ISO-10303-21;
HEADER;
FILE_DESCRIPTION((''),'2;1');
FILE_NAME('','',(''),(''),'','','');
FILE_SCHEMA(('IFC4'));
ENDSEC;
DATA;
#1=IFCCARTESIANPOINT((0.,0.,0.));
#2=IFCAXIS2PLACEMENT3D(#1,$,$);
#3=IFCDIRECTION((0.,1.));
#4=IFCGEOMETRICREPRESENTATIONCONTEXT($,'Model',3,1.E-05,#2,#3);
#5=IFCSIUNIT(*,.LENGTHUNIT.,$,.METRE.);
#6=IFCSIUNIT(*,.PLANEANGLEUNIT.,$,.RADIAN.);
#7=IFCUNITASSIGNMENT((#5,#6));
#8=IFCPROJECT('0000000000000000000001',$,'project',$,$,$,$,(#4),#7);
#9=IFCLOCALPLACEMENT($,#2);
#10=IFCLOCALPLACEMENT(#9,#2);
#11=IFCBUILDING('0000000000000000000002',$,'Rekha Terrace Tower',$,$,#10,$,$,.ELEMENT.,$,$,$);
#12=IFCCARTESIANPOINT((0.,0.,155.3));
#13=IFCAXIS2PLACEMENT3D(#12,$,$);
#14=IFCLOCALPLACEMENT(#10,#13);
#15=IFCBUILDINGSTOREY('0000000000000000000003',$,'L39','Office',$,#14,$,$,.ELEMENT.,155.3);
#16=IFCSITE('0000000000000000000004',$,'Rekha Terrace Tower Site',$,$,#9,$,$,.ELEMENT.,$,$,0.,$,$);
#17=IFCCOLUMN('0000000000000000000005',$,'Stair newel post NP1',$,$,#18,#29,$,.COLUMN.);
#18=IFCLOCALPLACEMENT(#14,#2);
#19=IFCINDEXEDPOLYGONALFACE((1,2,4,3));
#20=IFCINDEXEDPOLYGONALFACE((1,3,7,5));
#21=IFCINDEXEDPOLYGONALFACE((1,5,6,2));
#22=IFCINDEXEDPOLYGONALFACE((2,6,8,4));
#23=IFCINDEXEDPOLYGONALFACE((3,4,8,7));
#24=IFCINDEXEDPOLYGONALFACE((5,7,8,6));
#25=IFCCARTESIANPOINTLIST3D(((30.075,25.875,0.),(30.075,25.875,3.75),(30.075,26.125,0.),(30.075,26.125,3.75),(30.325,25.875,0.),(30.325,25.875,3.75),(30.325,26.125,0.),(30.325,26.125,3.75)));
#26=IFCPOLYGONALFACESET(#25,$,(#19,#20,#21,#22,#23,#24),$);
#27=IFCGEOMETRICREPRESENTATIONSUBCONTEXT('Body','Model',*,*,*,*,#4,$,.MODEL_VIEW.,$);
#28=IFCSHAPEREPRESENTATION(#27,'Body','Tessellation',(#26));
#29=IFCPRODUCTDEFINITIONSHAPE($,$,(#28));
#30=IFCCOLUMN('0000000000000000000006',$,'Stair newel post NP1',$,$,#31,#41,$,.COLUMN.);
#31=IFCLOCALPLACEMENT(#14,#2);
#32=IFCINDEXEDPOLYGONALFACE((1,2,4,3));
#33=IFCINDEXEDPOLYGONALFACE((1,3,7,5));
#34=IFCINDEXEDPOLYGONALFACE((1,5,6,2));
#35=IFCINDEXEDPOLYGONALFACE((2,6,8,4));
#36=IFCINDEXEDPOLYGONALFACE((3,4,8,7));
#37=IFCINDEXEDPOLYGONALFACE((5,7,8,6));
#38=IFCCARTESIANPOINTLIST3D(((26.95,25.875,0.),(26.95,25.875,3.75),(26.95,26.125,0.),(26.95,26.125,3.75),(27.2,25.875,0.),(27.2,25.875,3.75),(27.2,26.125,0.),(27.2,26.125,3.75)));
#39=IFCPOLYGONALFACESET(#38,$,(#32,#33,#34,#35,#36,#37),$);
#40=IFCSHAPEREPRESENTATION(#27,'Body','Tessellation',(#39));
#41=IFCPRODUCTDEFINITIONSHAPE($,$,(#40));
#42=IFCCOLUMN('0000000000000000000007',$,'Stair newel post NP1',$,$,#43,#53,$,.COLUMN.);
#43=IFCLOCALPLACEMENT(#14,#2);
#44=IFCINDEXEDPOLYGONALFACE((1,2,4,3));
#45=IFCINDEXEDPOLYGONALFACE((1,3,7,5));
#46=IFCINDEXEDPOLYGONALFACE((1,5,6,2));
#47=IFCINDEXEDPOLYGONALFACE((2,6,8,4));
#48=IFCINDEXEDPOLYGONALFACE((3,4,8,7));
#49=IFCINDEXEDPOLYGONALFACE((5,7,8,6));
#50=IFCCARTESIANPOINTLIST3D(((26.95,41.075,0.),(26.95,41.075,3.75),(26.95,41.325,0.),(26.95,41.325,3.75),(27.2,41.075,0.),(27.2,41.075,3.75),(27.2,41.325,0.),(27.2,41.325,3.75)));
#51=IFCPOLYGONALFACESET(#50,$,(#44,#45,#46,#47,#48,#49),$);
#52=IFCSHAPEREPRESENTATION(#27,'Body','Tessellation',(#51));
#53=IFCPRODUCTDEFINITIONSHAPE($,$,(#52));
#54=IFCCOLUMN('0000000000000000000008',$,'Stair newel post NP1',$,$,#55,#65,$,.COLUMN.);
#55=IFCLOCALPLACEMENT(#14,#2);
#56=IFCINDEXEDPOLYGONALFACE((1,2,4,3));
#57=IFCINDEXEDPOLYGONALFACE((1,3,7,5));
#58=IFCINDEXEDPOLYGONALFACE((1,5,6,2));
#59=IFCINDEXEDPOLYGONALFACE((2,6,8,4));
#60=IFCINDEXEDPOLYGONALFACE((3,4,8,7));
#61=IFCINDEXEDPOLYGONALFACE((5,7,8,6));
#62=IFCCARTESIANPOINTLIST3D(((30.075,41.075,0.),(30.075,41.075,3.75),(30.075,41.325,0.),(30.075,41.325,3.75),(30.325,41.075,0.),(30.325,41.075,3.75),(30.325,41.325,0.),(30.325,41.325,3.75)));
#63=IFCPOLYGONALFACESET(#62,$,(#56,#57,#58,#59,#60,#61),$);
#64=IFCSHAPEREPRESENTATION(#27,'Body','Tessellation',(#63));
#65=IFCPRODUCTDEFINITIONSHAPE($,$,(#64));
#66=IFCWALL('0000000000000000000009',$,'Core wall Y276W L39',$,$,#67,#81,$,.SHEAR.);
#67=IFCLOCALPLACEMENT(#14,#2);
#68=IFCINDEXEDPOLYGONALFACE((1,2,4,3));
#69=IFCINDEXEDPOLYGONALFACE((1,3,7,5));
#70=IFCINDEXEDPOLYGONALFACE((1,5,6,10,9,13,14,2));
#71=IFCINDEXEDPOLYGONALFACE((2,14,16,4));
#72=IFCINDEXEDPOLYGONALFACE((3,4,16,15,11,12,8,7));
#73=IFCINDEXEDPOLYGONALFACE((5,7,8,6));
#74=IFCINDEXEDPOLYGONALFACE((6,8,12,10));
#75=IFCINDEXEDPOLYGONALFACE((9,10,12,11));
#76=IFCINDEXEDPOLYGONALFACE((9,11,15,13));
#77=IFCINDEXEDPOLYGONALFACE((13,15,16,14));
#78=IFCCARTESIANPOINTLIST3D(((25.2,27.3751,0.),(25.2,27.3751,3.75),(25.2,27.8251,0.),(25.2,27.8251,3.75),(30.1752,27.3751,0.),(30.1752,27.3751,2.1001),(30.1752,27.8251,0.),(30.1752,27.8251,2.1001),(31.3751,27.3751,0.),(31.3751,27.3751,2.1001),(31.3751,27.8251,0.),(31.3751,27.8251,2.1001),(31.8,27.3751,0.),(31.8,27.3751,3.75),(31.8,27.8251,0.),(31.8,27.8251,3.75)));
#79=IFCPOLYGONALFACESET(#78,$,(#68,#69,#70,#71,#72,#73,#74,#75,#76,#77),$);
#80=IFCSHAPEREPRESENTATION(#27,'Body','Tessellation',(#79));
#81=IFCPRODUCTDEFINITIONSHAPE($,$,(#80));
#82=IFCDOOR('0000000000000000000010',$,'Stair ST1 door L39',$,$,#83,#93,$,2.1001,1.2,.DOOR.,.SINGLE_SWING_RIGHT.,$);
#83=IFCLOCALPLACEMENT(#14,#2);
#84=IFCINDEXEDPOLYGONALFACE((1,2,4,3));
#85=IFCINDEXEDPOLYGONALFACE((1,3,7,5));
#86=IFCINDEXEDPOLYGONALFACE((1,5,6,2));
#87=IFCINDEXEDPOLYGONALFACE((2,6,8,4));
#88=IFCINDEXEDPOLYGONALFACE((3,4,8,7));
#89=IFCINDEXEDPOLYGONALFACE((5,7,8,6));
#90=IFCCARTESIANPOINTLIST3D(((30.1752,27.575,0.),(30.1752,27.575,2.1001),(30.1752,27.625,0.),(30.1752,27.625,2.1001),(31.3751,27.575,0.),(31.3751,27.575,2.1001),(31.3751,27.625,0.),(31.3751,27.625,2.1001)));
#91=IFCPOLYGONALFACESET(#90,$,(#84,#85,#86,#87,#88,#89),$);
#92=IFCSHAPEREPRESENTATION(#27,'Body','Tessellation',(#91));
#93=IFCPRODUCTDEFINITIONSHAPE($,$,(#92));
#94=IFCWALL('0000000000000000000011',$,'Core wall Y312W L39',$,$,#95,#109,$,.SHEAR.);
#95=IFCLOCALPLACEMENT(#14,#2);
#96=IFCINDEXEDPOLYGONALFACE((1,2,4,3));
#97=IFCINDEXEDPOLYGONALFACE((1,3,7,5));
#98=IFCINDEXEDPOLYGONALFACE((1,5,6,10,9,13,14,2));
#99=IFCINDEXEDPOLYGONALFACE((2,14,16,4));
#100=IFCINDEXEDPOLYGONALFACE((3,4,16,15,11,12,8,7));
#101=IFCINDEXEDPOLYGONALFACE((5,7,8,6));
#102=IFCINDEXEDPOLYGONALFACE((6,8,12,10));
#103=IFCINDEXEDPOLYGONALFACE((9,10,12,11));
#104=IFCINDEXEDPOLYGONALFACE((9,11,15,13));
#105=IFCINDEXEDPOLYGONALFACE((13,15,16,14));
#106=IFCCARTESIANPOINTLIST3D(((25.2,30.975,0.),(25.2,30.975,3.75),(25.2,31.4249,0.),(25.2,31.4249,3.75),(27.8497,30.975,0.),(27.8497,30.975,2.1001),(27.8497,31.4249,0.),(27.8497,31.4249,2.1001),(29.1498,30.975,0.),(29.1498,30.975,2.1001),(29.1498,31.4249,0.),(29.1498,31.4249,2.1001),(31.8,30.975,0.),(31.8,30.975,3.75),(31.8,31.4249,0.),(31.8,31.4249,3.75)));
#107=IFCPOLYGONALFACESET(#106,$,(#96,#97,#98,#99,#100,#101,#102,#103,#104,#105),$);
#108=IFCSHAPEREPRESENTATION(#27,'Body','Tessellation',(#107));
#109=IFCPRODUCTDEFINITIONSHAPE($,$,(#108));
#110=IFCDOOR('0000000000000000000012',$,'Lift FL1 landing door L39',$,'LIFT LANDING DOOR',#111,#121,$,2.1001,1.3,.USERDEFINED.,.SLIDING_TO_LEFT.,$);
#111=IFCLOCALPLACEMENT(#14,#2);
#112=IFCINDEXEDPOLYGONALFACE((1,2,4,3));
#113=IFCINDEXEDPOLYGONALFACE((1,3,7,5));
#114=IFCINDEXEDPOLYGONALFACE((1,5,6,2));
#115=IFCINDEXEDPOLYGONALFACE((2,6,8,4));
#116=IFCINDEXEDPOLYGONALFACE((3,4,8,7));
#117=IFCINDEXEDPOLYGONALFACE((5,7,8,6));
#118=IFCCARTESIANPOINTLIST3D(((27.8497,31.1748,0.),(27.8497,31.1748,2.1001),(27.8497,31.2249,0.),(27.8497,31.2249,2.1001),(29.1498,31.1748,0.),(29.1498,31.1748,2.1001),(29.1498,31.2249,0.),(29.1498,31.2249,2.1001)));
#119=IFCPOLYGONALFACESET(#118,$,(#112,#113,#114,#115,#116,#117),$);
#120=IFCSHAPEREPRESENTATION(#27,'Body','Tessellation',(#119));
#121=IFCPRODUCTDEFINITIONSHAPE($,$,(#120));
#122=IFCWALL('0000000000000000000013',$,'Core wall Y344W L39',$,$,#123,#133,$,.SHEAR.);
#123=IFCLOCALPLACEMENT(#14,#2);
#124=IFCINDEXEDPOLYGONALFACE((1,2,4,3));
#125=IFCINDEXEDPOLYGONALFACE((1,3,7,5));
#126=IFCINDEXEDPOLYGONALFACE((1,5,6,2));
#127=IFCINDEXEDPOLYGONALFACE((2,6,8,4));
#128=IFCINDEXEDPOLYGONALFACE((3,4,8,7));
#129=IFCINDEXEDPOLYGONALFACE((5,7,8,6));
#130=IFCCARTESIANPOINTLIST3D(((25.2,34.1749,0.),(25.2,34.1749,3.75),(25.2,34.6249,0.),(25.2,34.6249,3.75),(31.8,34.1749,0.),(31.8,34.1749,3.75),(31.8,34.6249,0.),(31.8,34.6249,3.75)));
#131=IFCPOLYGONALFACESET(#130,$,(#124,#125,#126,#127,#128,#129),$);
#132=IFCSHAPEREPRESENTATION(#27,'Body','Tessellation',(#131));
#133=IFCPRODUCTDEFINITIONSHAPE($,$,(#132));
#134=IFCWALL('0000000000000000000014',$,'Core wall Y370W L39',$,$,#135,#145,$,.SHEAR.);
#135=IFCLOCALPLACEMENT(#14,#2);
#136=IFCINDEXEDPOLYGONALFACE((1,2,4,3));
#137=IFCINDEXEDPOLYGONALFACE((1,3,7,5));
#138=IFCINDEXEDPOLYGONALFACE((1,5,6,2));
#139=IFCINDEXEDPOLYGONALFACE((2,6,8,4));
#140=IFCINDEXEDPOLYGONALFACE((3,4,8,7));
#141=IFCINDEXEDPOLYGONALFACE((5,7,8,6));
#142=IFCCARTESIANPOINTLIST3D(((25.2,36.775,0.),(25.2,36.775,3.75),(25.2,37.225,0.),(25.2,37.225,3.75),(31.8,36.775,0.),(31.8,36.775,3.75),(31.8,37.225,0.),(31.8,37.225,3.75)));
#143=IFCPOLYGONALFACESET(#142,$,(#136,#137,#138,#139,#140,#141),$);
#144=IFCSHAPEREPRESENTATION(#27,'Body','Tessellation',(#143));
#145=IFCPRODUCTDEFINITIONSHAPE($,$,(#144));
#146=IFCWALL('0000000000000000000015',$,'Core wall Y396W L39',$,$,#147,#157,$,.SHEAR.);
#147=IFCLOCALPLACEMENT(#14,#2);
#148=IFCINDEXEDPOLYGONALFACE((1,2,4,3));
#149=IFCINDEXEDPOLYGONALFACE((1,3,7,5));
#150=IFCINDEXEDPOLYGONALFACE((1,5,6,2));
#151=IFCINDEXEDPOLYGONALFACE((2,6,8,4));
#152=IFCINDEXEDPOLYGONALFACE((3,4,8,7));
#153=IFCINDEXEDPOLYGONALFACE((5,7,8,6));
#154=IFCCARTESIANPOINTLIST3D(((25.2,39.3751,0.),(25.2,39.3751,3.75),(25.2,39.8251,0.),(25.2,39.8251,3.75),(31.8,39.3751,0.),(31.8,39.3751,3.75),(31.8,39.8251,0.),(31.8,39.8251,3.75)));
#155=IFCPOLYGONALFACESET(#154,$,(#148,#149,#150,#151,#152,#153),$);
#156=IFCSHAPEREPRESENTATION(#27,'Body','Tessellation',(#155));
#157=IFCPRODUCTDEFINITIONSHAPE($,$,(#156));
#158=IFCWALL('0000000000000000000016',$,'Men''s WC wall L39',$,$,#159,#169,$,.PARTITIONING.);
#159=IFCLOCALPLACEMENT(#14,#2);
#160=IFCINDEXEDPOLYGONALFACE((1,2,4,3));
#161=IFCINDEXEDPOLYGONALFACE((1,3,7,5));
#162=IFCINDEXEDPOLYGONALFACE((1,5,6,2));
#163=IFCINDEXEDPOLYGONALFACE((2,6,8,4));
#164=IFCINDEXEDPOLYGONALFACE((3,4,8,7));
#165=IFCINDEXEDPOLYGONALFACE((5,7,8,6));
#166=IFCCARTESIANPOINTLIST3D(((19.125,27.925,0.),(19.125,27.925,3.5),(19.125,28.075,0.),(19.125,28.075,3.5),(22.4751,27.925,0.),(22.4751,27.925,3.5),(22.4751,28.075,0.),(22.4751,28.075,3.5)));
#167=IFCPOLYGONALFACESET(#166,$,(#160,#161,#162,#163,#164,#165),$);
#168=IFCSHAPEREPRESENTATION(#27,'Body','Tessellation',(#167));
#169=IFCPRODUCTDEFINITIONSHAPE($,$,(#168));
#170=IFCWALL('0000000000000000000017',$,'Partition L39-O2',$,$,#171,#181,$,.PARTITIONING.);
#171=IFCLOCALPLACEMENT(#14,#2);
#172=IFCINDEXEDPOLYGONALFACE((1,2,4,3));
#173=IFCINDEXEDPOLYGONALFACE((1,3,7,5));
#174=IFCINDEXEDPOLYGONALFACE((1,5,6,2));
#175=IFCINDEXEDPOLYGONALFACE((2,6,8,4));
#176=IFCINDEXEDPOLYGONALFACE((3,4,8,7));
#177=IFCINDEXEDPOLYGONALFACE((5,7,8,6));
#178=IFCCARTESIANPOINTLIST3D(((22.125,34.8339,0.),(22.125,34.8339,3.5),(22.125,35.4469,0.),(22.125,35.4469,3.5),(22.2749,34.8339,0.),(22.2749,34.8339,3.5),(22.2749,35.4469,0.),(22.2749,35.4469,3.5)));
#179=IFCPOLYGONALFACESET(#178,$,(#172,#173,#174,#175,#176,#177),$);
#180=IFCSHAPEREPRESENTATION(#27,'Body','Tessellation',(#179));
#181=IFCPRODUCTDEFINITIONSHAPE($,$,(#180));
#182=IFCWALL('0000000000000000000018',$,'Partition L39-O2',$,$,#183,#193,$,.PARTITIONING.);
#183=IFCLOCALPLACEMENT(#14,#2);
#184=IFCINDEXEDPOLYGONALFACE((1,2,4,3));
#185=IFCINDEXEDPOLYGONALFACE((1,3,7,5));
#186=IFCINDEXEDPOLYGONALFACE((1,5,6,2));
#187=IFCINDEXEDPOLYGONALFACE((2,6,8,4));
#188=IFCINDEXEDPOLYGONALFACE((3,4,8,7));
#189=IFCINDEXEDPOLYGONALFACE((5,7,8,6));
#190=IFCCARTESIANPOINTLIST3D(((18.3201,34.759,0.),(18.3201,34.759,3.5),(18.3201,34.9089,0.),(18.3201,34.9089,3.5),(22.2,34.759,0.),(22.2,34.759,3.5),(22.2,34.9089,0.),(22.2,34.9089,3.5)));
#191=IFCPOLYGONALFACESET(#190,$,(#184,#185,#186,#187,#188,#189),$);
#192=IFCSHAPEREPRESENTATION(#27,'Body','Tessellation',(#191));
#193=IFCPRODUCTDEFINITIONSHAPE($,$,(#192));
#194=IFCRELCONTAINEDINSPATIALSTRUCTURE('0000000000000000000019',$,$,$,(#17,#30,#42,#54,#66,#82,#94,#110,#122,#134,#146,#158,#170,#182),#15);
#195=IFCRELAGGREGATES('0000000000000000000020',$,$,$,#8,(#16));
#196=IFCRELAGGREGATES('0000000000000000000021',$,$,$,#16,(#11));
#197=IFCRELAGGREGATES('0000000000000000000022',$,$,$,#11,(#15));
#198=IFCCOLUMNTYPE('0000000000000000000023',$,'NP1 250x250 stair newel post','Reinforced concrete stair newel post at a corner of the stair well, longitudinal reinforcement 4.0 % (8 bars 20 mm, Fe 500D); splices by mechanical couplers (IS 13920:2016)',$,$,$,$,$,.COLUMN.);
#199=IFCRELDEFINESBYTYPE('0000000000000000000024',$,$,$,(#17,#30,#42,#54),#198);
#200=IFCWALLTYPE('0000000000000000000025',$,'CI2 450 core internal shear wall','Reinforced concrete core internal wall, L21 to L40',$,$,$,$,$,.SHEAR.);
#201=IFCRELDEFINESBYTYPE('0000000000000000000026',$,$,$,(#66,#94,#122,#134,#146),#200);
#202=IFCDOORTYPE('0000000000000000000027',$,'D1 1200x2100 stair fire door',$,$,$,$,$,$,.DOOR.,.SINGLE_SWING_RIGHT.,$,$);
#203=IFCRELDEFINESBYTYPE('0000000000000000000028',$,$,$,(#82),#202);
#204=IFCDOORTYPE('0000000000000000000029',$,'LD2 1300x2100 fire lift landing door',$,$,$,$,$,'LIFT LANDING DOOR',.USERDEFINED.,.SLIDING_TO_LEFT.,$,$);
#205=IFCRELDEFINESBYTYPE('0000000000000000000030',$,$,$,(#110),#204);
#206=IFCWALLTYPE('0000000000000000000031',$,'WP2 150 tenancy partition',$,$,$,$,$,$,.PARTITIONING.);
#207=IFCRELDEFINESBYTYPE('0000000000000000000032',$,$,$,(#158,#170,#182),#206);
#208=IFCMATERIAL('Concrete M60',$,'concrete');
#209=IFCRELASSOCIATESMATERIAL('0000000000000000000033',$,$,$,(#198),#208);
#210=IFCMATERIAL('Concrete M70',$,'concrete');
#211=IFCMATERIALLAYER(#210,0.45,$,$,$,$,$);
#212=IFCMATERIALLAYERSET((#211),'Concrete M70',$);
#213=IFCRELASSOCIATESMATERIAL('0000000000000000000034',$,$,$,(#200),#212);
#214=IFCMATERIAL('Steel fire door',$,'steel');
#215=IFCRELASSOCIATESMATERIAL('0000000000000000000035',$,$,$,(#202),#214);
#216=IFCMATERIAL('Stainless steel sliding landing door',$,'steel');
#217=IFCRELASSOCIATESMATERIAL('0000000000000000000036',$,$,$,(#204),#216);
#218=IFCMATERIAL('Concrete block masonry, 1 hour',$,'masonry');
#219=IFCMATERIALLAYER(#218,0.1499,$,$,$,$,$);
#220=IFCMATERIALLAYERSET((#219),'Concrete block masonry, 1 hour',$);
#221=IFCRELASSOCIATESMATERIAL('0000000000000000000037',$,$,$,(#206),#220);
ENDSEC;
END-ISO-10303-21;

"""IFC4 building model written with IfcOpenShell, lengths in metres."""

from ifc_helpers import new_model, si_unit, direction, frame, frame_2d, origin, origin_2d, place, context, subcontext, project, spatial, rectangle, extrude, material, layer, layer_set, material_profile, profile_set, type_object, element, fill, save


model = new_model("IFC4")

# Units and contexts
model_context = context("Model", 3, precision=1e-05, world=origin(), true_north=direction((0.0, 1.0)))
body_context = subcontext(model_context, "Body", "Model", "MODEL_VIEW")
ifc_project = project(units=[si_unit("LENGTHUNIT", "METRE"), si_unit("PLANEANGLEUNIT", "RADIAN")], contexts=[model_context])

# Site, building, storey
site_placement = place(None, origin())
site = spatial("IfcSite", under=ifc_project, at=site_placement, Name="Rekha Terrace Tower Site", CompositionType="ELEMENT", RefElevation=0.0)
building_placement = place(site_placement, origin())
building = spatial("IfcBuilding", under=site, at=building_placement, Name="Rekha Terrace Tower", CompositionType="ELEMENT")
storey_placement = place(building_placement, frame((0.0, 0.0, 155.3)))
storey = spatial("IfcBuildingStorey", under=building, at=storey_placement, Name="L39", Description="Office", CompositionType="ELEMENT", Elevation=155.3)

# Columns
ifc_material_1 = material(Name="Concrete M60", Category="concrete")
ifc_material_profile = material_profile(ifc_material_1, rectangle(XDim=0.25, YDim=0.25, at=origin_2d()), Name="RC 250x250")
ifc_profile_set = profile_set([ifc_material_profile], Name="Concrete M60")
column_type = type_object("IfcColumnType", Name="NP1 250x250 stair newel post", Description="Reinforced concrete stair newel post at a corner of the stair well, longitudinal reinforcement 4.0 % (8 bars 20 mm, Fe 500D); splices by mechanical couplers (IS 13920:2016)", PredefinedType="COLUMN", material=ifc_profile_set)
for number, where, z_axis, x_axis, name in (
    (1, (30.2, 26.0, 0.0), (0.0, 0.0, 1.0), (1.0, 0.0, 0.0), "Stair newel post NP1"),
    (2, (27.075, 26.0, 0.0), (0.0, 0.0, 1.0), (1.0, 0.0, 0.0), "Stair newel post NP1"),
    (3, (27.075, 41.2, 0.0), (0.0, 0.0, 1.0), (1.0, 0.0, 0.0), "Stair newel post NP1"),
    (4, (30.2, 41.2, 0.0), (0.0, 0.0, 1.0), (1.0, 0.0, 0.0), "Stair newel post NP1"),
):
    element("IfcColumn", number, at=place(storey_placement, frame(where, z_axis=z_axis, x_axis=x_axis)), inside=storey, type_object=column_type, Name=name, PredefinedType="COLUMN", context=body_context, shape_type="SweptSolid", body=[
        extrude(rectangle(XDim=0.25, YDim=0.25, at=origin_2d()), origin(), (0.0, 0.0, 1.0), 3.75),
    ])

# Walls, openings, doors
ifc_material_2 = material(Name="Concrete M70", Category="concrete")
ifc_layer_1 = layer(ifc_material_2, 0.45)
ifc_layer_set_1 = layer_set([ifc_layer_1], Name="Concrete M70")
wall_type_1 = type_object("IfcWallType", Name="CI2 450 core internal shear wall", Description="Reinforced concrete core internal wall, L21 to L40", PredefinedType="SHEAR", material=ifc_layer_set_1)
wall_1_placement = place(storey_placement, frame((25.2, 27.6001, 0.0), z_axis=(0.0, 0.0, 1.0), x_axis=(1.0, 0.0, 0.0)))
wall_1 = element("IfcWall", 5, at=wall_1_placement, inside=storey, type_object=wall_type_1, Name="Core wall Y276W L39", PredefinedType="SHEAR", context=body_context, shape_type="SweptSolid", body=[
    extrude(rectangle(XDim=6.6001, YDim=0.45, at=frame_2d((3.3, 0.0))), origin(), (0.0, 0.0, 1.0), 3.75),
])
opening_1_placement = place(wall_1_placement, frame((4.9751, 0.0, 0.0)))
opening_1 = element("IfcOpeningElement", 6, at=opening_1_placement, cuts=wall_1, PredefinedType="OPENING", context=body_context, shape_type="SweptSolid", body=[
    extrude(rectangle(XDim=1.2, YDim=2.1001, at=frame_2d((0.6001, 1.05))), frame((0.0, 0.2349, 0.0), z_axis=(0.0, -1.0, 0.0), x_axis=(1.0, 0.0, 0.0)), (0.0, 0.0, 1.0), 0.47),
])
ifc_material_3 = material(Name="Steel fire door", Category="steel")
door_type_1 = type_object("IfcDoorType", Name="D1 1200x2100 stair fire door", OperationType="SINGLE_SWING_RIGHT", PredefinedType="DOOR", material=ifc_material_3)
door_1_placement = place(opening_1_placement, origin())
door_1 = element("IfcDoor", 7, at=door_1_placement, inside=storey, type_object=door_type_1, Name="Stair ST1 door L39", OperationType="SINGLE_SWING_RIGHT", OverallHeight=2.1001, OverallWidth=1.2, PredefinedType="DOOR", context=body_context, shape_type="SweptSolid", body=[
    extrude(rectangle(XDim=1.2, YDim=2.1001, at=frame_2d((0.6001, 1.05))), frame((0.0, 0.0249, 0.0), z_axis=(0.0, -1.0, 0.0), x_axis=(1.0, 0.0, 0.0)), (0.0, 0.0, 1.0), 0.05),
])
fill(opening_1, door_1)
wall_2_placement = place(storey_placement, frame((25.2, 31.2, 0.0), z_axis=(0.0, 0.0, 1.0), x_axis=(1.0, 0.0, 0.0)))
wall_2 = element("IfcWall", 8, at=wall_2_placement, inside=storey, type_object=wall_type_1, Name="Core wall Y312W L39", PredefinedType="SHEAR", context=body_context, shape_type="SweptSolid", body=[
    extrude(rectangle(XDim=6.6001, YDim=0.45, at=frame_2d((3.3, 0.0))), origin(), (0.0, 0.0, 1.0), 3.75),
])
opening_2_placement = place(wall_2_placement, frame((2.6499, 0.0, 0.0)))
opening_2 = element("IfcOpeningElement", 9, at=opening_2_placement, cuts=wall_2, PredefinedType="OPENING", context=body_context, shape_type="SweptSolid", body=[
    extrude(rectangle(XDim=1.3, YDim=2.1001, at=frame_2d((0.6499, 1.05))), frame((0.0, 0.2349, 0.0), z_axis=(0.0, -1.0, 0.0), x_axis=(1.0, 0.0, 0.0)), (0.0, 0.0, 1.0), 0.47),
])
ifc_material_4 = material(Name="Stainless steel sliding landing door", Category="steel")
door_type_2 = type_object("IfcDoorType", Name="LD2 1300x2100 fire lift landing door", ElementType="LIFT LANDING DOOR", OperationType="SLIDING_TO_LEFT", PredefinedType="USERDEFINED", material=ifc_material_4)
door_2_placement = place(opening_2_placement, origin())
door_2 = element("IfcDoor", 10, at=door_2_placement, inside=storey, type_object=door_type_2, Name="Lift FL1 landing door L39", ObjectType="LIFT LANDING DOOR", OperationType="SLIDING_TO_LEFT", OverallHeight=2.1001, OverallWidth=1.3, PredefinedType="USERDEFINED", context=body_context, shape_type="SweptSolid", body=[
    extrude(rectangle(XDim=1.3, YDim=2.1001, at=frame_2d((0.6499, 1.05))), frame((0.0, 0.0249, 0.0), z_axis=(0.0, -1.0, 0.0), x_axis=(1.0, 0.0, 0.0)), (0.0, 0.0, 1.0), 0.05),
])
fill(opening_2, door_2)

# Walls
for number, where, z_axis, x_axis, name in (
    (11, (25.2, 34.3999, 0.0), (0.0, 0.0, 1.0), (1.0, 0.0, 0.0), "Core wall Y344W L39"),
    (12, (25.2, 37.0, 0.0), (0.0, 0.0, 1.0), (1.0, 0.0, 0.0), "Core wall Y370W L39"),
    (13, (25.2, 39.6001, 0.0), (0.0, 0.0, 1.0), (1.0, 0.0, 0.0), "Core wall Y396W L39"),
):
    element("IfcWall", number, at=place(storey_placement, frame(where, z_axis=z_axis, x_axis=x_axis)), inside=storey, type_object=wall_type_1, Name=name, PredefinedType="SHEAR", context=body_context, shape_type="SweptSolid", body=[
        extrude(rectangle(XDim=6.6001, YDim=0.45, at=frame_2d((3.3, 0.0))), origin(), (0.0, 0.0, 1.0), 3.75),
    ])
ifc_material_5 = material(Name="Concrete block masonry, 1 hour", Category="masonry")
ifc_layer_2 = layer(ifc_material_5, 0.1499)
ifc_layer_set_2 = layer_set([ifc_layer_2], Name="Concrete block masonry, 1 hour")
wall_type_2 = type_object("IfcWallType", Name="WP2 150 tenancy partition", PredefinedType="PARTITIONING", material=ifc_layer_set_2)
wall_3_placement = place(storey_placement, frame((19.125, 28.0, 0.0), z_axis=(0.0, 0.0, 1.0), x_axis=(1.0, 0.0, 0.0)))
element("IfcWall", 14, at=wall_3_placement, inside=storey, type_object=wall_type_2, Name="Men's WC wall L39", PredefinedType="PARTITIONING", context=body_context, shape_type="SweptSolid", body=[
    extrude(rectangle(XDim=3.3501, YDim=0.1499, at=frame_2d((1.675, 0.0))), origin(), (0.0, 0.0, 1.0), 3.5),
])
wall_4_placement = place(storey_placement, frame((22.2, 35.447, 0.0), z_axis=(0.0, 0.0, 1.0), x_axis=(0.0, -1.0, 0.0)))
element("IfcWall", 15, at=wall_4_placement, inside=storey, type_object=wall_type_2, Name="Partition L39-O2", PredefinedType="PARTITIONING", context=body_context, shape_type="SweptSolid", body=[
    extrude(rectangle(XDim=0.613, YDim=0.1499, at=frame_2d((0.3066, 0.0))), origin(), (0.0, 0.0, 1.0), 3.5),
])
wall_5_placement = place(storey_placement, frame((22.2, 34.834, 0.0), z_axis=(0.0, 0.0, 1.0), x_axis=(-1.0, 0.0, 0.0)))
element("IfcWall", 16, at=wall_5_placement, inside=storey, type_object=wall_type_2, Name="Partition L39-O2", PredefinedType="PARTITIONING", context=body_context, shape_type="SweptSolid", body=[
    extrude(rectangle(XDim=3.8799, YDim=0.1499, at=frame_2d((1.9399, 0.0))), origin(), (0.0, 0.0, 1.0), 3.5),
])

save(model, "model.ifc")
